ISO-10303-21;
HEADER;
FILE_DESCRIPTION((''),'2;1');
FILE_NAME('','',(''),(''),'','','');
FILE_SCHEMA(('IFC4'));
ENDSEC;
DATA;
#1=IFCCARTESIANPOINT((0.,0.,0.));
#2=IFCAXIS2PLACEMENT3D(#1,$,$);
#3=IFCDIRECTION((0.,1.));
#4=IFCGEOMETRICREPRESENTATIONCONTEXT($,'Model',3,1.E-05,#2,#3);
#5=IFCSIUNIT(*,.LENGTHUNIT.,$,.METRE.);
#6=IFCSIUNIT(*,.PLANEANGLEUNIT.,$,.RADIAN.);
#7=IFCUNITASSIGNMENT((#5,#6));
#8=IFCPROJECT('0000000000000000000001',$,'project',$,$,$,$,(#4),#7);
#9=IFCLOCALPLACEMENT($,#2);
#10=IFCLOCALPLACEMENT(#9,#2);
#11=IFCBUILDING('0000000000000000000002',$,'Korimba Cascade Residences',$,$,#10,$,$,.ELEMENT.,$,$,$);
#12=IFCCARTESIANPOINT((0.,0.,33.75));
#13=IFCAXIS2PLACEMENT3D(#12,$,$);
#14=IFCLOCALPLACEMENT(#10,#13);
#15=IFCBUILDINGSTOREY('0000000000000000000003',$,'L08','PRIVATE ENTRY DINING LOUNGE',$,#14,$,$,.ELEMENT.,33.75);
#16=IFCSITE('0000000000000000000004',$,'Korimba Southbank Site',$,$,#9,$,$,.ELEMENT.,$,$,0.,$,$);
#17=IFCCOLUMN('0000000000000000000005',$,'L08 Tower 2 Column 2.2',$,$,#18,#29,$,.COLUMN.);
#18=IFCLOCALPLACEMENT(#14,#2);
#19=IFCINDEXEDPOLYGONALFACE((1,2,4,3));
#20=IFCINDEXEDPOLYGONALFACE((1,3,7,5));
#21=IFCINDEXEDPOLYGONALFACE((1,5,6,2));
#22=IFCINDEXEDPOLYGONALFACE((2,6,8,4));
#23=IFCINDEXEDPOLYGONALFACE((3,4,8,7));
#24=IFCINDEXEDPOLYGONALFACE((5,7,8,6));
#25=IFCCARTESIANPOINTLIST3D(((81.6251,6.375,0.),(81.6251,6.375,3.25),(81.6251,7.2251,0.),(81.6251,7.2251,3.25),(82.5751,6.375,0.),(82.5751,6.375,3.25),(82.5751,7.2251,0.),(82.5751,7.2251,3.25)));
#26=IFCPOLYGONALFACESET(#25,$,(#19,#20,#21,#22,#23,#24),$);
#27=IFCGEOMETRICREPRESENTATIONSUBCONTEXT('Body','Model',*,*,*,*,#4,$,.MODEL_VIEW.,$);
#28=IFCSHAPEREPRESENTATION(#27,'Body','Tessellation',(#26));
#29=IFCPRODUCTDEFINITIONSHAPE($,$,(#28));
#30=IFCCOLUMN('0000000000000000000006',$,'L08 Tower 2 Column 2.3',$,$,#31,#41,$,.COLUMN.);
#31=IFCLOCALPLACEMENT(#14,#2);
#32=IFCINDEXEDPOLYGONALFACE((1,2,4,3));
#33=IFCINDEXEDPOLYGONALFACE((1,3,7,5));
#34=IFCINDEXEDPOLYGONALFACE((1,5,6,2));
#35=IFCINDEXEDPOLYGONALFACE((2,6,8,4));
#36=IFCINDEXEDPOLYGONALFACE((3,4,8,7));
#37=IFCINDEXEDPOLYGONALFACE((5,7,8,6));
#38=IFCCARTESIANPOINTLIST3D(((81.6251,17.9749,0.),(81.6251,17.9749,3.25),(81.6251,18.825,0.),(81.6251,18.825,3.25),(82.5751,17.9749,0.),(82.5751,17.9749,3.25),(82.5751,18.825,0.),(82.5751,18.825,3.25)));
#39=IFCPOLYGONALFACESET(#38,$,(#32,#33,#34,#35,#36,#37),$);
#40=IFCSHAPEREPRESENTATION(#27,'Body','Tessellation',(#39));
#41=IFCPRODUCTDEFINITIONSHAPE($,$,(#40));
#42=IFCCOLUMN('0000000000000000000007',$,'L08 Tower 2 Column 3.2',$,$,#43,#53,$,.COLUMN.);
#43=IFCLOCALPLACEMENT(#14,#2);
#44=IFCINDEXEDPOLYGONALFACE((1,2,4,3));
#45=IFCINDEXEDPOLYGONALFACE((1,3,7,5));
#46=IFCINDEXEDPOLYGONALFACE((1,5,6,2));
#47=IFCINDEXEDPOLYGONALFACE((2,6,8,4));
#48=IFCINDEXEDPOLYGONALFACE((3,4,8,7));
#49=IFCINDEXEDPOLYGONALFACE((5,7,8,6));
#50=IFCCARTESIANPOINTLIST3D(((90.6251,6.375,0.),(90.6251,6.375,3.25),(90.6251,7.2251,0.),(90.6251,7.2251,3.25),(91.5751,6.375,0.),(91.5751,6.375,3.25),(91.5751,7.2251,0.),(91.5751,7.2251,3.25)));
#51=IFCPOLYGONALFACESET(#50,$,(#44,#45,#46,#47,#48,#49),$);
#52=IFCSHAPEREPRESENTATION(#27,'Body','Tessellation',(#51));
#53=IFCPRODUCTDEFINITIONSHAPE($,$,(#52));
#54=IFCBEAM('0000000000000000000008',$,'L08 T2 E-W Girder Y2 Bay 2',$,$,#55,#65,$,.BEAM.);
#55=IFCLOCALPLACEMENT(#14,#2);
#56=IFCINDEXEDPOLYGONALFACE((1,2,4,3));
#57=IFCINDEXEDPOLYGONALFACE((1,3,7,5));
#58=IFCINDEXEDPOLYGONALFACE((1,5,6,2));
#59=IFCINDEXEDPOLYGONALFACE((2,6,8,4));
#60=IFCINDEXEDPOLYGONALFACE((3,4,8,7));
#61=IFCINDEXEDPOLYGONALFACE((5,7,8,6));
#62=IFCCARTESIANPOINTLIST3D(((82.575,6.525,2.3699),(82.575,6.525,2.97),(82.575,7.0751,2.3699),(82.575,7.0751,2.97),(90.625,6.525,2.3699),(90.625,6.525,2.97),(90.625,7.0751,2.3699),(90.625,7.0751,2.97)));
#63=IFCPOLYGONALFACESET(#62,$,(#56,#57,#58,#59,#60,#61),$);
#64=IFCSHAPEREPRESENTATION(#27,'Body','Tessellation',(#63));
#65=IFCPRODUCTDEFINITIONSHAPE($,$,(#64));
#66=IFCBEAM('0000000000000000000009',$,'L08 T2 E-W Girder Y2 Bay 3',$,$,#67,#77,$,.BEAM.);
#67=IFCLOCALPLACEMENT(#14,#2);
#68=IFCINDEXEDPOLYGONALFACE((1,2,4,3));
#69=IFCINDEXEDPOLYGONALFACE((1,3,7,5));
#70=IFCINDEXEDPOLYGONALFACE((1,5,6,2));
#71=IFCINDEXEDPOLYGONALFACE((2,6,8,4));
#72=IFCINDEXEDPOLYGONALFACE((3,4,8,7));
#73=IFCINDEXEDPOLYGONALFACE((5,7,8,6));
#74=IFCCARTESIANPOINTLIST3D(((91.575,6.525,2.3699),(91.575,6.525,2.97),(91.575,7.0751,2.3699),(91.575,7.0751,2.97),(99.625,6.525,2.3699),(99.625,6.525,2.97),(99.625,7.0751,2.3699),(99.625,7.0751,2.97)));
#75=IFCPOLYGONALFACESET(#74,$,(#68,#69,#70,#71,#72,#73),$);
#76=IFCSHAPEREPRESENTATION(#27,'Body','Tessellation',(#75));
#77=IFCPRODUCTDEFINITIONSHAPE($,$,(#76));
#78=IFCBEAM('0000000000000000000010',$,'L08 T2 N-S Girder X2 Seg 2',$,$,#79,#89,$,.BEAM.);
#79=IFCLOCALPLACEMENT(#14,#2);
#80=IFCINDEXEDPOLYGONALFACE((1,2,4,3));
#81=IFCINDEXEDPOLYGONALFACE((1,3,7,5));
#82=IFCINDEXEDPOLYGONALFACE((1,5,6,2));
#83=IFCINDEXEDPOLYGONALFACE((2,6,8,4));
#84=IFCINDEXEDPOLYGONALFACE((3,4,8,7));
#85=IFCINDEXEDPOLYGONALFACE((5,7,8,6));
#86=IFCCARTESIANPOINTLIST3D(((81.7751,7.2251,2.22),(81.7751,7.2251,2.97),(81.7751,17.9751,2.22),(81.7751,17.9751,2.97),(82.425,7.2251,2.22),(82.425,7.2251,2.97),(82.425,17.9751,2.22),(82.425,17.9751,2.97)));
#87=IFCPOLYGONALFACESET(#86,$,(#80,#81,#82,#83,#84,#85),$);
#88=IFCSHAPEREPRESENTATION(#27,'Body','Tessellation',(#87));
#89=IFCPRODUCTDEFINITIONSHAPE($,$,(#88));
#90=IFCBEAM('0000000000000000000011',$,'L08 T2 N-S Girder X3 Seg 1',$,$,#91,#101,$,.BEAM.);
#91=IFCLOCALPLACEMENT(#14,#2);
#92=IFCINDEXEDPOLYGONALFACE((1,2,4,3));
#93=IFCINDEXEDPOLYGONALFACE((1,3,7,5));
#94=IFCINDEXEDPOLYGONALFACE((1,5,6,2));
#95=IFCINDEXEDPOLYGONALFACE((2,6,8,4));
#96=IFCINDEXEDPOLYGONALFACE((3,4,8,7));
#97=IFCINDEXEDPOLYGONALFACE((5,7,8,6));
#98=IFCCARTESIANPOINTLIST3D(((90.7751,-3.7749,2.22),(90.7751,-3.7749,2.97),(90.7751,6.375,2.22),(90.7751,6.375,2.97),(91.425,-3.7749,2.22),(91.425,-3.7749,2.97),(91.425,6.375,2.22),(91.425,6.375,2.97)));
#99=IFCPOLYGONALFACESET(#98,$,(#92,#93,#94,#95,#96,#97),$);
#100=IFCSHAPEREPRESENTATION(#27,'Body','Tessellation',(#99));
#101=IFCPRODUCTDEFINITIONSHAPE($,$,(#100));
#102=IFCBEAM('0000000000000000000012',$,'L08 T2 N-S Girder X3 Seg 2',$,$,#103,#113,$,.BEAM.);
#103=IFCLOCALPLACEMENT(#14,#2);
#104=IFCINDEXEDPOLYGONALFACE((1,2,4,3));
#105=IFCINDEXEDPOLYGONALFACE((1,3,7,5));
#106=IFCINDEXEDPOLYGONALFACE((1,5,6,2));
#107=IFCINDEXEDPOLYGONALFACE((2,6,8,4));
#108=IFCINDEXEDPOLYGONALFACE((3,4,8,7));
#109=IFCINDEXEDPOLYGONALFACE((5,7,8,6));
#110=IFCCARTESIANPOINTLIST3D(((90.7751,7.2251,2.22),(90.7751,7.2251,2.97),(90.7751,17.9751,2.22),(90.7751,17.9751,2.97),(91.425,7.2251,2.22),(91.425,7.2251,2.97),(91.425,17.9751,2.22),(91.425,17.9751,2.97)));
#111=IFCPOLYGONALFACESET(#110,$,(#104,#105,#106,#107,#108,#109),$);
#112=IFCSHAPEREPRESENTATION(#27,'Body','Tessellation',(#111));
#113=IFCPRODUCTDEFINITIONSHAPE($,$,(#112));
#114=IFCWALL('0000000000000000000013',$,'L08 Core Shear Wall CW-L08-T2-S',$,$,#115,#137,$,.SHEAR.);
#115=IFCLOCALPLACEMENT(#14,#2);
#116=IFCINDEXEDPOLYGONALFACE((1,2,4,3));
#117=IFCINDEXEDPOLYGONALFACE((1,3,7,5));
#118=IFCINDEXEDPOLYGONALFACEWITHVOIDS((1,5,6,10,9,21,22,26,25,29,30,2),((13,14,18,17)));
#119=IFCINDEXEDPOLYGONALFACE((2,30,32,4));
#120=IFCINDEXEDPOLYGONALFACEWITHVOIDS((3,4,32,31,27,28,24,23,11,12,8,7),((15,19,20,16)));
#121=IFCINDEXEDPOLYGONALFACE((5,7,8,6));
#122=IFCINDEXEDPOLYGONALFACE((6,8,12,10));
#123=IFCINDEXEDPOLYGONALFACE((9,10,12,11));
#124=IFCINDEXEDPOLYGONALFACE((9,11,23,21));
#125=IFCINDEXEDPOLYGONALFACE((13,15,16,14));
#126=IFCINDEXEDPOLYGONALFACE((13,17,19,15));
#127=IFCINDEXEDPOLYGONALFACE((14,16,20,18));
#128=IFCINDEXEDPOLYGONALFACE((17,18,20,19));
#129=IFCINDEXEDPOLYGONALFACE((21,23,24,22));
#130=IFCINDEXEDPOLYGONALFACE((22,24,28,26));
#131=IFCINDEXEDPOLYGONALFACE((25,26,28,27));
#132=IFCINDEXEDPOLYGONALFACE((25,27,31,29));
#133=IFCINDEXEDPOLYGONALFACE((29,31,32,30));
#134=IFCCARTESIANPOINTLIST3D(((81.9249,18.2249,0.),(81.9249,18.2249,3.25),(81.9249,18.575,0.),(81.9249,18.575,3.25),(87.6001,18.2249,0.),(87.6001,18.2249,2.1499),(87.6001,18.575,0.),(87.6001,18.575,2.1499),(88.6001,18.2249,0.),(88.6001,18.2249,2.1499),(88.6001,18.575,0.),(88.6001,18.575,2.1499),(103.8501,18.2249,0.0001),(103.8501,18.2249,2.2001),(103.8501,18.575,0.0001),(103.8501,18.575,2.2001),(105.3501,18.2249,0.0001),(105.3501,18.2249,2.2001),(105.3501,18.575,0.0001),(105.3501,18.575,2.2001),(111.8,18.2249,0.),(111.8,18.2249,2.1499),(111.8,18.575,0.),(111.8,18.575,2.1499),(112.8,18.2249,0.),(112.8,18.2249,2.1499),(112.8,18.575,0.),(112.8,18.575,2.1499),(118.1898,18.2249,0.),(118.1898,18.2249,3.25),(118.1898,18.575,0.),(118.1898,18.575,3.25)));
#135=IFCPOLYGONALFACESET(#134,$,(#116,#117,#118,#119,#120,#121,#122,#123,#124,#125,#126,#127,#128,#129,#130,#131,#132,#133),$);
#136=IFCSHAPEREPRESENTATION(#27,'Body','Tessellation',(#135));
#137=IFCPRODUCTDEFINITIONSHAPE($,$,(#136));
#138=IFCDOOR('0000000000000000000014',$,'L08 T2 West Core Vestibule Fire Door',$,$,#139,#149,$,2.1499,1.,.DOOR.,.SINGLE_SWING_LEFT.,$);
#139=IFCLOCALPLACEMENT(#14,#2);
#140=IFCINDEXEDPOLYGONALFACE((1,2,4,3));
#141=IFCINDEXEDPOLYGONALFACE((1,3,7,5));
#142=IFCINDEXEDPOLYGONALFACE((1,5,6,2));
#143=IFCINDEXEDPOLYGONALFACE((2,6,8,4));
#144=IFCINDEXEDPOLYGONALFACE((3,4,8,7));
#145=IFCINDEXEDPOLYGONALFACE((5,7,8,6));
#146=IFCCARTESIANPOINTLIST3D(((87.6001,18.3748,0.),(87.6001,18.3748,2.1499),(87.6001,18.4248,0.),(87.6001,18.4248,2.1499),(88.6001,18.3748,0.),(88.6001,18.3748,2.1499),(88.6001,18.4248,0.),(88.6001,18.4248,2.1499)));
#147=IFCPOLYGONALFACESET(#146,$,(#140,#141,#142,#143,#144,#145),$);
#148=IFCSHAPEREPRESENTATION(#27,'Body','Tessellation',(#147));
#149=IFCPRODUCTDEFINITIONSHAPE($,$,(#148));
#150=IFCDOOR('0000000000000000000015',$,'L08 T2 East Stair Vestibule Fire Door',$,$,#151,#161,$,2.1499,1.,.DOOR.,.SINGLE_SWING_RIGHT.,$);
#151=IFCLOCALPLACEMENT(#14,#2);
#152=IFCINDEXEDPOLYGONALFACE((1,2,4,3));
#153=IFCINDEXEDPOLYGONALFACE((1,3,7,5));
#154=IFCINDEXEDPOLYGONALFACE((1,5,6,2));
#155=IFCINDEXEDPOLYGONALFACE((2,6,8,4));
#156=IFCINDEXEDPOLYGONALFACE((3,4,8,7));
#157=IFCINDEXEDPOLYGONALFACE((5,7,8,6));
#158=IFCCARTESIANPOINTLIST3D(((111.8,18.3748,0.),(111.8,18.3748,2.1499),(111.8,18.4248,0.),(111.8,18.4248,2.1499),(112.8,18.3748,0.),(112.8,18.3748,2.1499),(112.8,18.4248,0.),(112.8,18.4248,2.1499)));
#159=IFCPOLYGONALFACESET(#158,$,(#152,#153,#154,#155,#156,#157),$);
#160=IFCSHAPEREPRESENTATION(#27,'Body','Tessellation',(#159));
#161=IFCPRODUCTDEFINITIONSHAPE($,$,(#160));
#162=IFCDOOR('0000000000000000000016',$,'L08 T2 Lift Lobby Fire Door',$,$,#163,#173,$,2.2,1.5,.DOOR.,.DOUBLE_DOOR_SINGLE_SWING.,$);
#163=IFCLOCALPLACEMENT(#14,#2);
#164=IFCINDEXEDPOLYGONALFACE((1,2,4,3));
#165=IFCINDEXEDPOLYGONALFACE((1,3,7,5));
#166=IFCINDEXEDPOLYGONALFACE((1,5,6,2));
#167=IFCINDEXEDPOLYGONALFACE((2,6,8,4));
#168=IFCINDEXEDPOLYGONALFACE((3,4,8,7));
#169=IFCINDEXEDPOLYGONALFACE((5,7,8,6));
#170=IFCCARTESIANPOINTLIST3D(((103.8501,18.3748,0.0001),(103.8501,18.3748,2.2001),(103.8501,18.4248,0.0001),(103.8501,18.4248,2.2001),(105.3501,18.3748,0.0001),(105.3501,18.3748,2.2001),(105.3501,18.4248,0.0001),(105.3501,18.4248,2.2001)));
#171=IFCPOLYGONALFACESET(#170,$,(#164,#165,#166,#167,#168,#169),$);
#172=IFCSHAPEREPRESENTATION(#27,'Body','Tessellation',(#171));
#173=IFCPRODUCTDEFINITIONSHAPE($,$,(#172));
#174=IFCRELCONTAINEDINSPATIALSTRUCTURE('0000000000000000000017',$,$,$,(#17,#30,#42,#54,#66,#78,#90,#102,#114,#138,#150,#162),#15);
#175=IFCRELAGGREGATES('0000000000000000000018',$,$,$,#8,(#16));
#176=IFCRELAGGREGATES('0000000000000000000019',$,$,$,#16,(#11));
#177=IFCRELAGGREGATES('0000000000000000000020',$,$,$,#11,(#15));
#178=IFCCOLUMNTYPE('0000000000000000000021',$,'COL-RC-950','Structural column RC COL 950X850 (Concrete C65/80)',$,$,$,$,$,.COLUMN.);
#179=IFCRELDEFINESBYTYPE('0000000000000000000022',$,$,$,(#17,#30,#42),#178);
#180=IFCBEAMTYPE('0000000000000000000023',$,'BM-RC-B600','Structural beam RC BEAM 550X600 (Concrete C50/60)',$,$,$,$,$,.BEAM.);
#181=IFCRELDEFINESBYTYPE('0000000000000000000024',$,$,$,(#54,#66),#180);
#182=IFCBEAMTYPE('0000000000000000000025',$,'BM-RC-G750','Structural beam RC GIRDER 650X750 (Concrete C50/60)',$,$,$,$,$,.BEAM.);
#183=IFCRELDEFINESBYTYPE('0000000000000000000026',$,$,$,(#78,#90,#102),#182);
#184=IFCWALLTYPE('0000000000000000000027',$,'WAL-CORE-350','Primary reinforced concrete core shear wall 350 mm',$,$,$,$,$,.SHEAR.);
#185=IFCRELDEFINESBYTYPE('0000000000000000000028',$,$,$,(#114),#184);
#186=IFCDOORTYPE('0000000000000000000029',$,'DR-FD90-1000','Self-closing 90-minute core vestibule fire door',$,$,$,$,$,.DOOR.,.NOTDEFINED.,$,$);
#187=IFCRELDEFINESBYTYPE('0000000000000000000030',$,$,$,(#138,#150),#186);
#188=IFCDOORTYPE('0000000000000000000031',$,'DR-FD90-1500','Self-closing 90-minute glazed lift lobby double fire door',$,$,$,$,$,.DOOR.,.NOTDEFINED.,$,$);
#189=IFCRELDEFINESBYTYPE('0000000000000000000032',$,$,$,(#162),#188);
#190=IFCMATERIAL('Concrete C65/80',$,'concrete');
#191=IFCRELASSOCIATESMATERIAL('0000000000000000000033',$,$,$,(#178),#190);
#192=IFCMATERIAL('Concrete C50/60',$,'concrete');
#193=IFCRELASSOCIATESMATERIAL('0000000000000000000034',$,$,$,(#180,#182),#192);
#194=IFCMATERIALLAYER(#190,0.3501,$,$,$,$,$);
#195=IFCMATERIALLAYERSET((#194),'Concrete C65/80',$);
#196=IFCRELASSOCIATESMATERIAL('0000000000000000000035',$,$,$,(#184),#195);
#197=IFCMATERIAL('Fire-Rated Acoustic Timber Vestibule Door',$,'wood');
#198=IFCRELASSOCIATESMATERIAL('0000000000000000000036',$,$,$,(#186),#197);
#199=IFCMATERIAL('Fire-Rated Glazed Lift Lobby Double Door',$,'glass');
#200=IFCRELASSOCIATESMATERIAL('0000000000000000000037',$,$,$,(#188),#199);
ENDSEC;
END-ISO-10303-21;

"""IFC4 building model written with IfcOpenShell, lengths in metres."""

from ifc_helpers import new_model, si_unit, direction, frame, frame_2d, origin, origin_2d, place, context, subcontext, project, spatial, rectangle, extrude, material, layer, layer_set, material_profile, profile_set, type_object, element, fill, save


model = new_model("IFC4")

# Units and contexts
model_context = context("Model", 3, precision=1e-05, world=origin(), true_north=direction((0.0, 1.0)))
body_context = subcontext(model_context, "Body", "Model", "MODEL_VIEW")
ifc_project = project(units=[si_unit("LENGTHUNIT", "METRE"), si_unit("PLANEANGLEUNIT", "RADIAN")], contexts=[model_context])

# Site, building, storey
site_placement = place(None, origin())
site = spatial("IfcSite", under=ifc_project, at=site_placement, Name="Korimba Southbank Site", CompositionType="ELEMENT", RefElevation=0.0)
building_placement = place(site_placement, origin())
building = spatial("IfcBuilding", under=site, at=building_placement, Name="Korimba Cascade Residences", CompositionType="ELEMENT")
storey_placement = place(building_placement, frame((0.0, 0.0, 33.75)))
storey = spatial("IfcBuildingStorey", under=building, at=storey_placement, Name="L08", Description="PRIVATE ENTRY DINING LOUNGE", CompositionType="ELEMENT", Elevation=33.75)

# Columns
ifc_material_1 = material(Name="Concrete C65/80", Category="concrete")
ifc_material_profile_1 = material_profile(ifc_material_1, rectangle(XDim=0.95, YDim=0.8501, at=origin_2d()), Name="Concrete C65/80")
ifc_profile_set_1 = profile_set([ifc_material_profile_1], Name="Concrete C65/80")
column_type = type_object("IfcColumnType", Name="COL-RC-950", Description="Structural column RC COL 950X850 (Concrete C65/80)", PredefinedType="COLUMN", material=ifc_profile_set_1)
for number, where, z_axis, x_axis, name in (
    (1, (82.1001, 6.8, 0.0), (0.0, 0.0, 1.0), (1.0, 0.0, 0.0), "L08 Tower 2 Column 2.2"),
    (2, (82.1001, 18.3999, 0.0), (0.0, 0.0, 1.0), (1.0, 0.0, 0.0), "L08 Tower 2 Column 2.3"),
    (3, (91.1001, 6.8, 0.0), (0.0, 0.0, 1.0), (1.0, 0.0, 0.0), "L08 Tower 2 Column 3.2"),
):
    element("IfcColumn", number, at=place(storey_placement, frame(where, z_axis=z_axis, x_axis=x_axis)), inside=storey, type_object=column_type, Name=name, PredefinedType="COLUMN", context=body_context, shape_type="SweptSolid", body=[
        extrude(rectangle(XDim=0.95, YDim=0.8501, at=origin_2d()), origin(), (0.0, 0.0, 1.0), 3.25),
    ])

# Beams
ifc_material_2 = material(Name="Concrete C50/60", Category="concrete")
ifc_material_profile_2 = material_profile(ifc_material_2, rectangle(XDim=0.55, YDim=0.6001, at=origin_2d()), Name="Concrete C50/60")
ifc_profile_set_2 = profile_set([ifc_material_profile_2], Name="Concrete C50/60")
beam_type_1 = type_object("IfcBeamType", Name="BM-RC-B600", Description="Structural beam RC BEAM 550X600 (Concrete C50/60)", PredefinedType="BEAM", material=ifc_profile_set_2)
for number, where, z_axis, x_axis, name in (
    (4, (82.575, 6.8, 2.6699), (1.0, 0.0, 0.0), (0.0, 1.0, 0.0), "L08 T2 E-W Girder Y2 Bay 2"),
    (5, (91.575, 6.8, 2.6699), (1.0, 0.0, 0.0), (0.0, 1.0, 0.0), "L08 T2 E-W Girder Y2 Bay 3"),
):
    element("IfcBeam", number, at=place(storey_placement, frame(where, z_axis=z_axis, x_axis=x_axis)), inside=storey, type_object=beam_type_1, Name=name, PredefinedType="BEAM", context=body_context, shape_type="SweptSolid", body=[
        extrude(rectangle(XDim=0.55, YDim=0.6001, at=origin_2d()), origin(), (0.0, 0.0, 1.0), 8.05),
    ])
ifc_material_profile_3 = material_profile(ifc_material_2, rectangle(XDim=0.6499, YDim=0.75, at=origin_2d()), Name="Concrete C50/60")
ifc_profile_set_3 = profile_set([ifc_material_profile_3], Name="Concrete C50/60")
beam_type_2 = type_object("IfcBeamType", Name="BM-RC-G750", Description="Structural beam RC GIRDER 650X750 (Concrete C50/60)", PredefinedType="BEAM", material=ifc_profile_set_3)
beam_1_placement = place(storey_placement, frame((82.1001, 7.2251, 2.595), z_axis=(0.0, 1.0, 0.0), x_axis=(-1.0, 0.0, 0.0)))
element("IfcBeam", 6, at=beam_1_placement, inside=storey, type_object=beam_type_2, Name="L08 T2 N-S Girder X2 Seg 2", PredefinedType="BEAM", context=body_context, shape_type="SweptSolid", body=[
    extrude(rectangle(XDim=0.6499, YDim=0.75, at=origin_2d()), origin(), (0.0, 0.0, 1.0), 10.75),
])
beam_2_placement = place(storey_placement, frame((91.1001, -3.7749, 2.595), z_axis=(0.0, 1.0, 0.0), x_axis=(-1.0, 0.0, 0.0)))
element("IfcBeam", 7, at=beam_2_placement, inside=storey, type_object=beam_type_2, Name="L08 T2 N-S Girder X3 Seg 1", PredefinedType="BEAM", context=body_context, shape_type="SweptSolid", body=[
    extrude(rectangle(XDim=0.6499, YDim=0.75, at=origin_2d()), origin(), (0.0, 0.0, 1.0), 10.1499),
])
beam_3_placement = place(storey_placement, frame((91.1001, 7.2251, 2.595), z_axis=(0.0, 1.0, 0.0), x_axis=(-1.0, 0.0, 0.0)))
element("IfcBeam", 8, at=beam_3_placement, inside=storey, type_object=beam_type_2, Name="L08 T2 N-S Girder X3 Seg 2", PredefinedType="BEAM", context=body_context, shape_type="SweptSolid", body=[
    extrude(rectangle(XDim=0.6499, YDim=0.75, at=origin_2d()), origin(), (0.0, 0.0, 1.0), 10.75),
])

# Wall, openings, doors
ifc_layer_1 = layer(ifc_material_1, 0.3501)
ifc_layer_set_1 = layer_set([ifc_layer_1], Name="Concrete C65/80")
wall_type_1 = type_object("IfcWallType", Name="WAL-CORE-350", Description="Primary reinforced concrete core shear wall 350 mm", PredefinedType="SHEAR", material=ifc_layer_set_1)
wall_1_placement = place(storey_placement, frame((81.925, 18.3999, 0.0), z_axis=(0.0, 0.0, 1.0), x_axis=(1.0, 0.0, 0.0)))
wall_1 = element("IfcWall", 9, at=wall_1_placement, inside=storey, type_object=wall_type_1, Name="L08 Core Shear Wall CW-L08-T2-S", PredefinedType="SHEAR", context=body_context, shape_type="SweptSolid", body=[
    extrude(rectangle(XDim=36.2649, YDim=0.3501, at=frame_2d((18.1323, 0.0))), origin(), (0.0, 0.0, 1.0), 3.25),
])
opening_1_placement = place(wall_1_placement, frame((5.675, 0.0, 0.0)))
opening_1 = element("IfcOpeningElement", 10, at=opening_1_placement, cuts=wall_1, PredefinedType="OPENING", context=body_context, shape_type="SweptSolid", body=[
    extrude(rectangle(XDim=1.0, YDim=2.1499, at=frame_2d((0.5, 1.075))), frame((0.0, 0.1851, 0.0), z_axis=(0.0, -1.0, 0.0), x_axis=(1.0, 0.0, 0.0)), (0.0, 0.0, 1.0), 0.3701),
])
opening_2_placement = place(wall_1_placement, frame((21.925, 0.0, 0.0)))
opening_2 = element("IfcOpeningElement", 11, at=opening_2_placement, cuts=wall_1, PredefinedType="OPENING", context=body_context, shape_type="SweptSolid", body=[
    extrude(rectangle(XDim=1.5, YDim=2.2, at=frame_2d((0.75, 1.1001))), frame((0.0, 0.1851, 0.0), z_axis=(0.0, -1.0, 0.0), x_axis=(1.0, 0.0, 0.0)), (0.0, 0.0, 1.0), 0.3701),
])
opening_3_placement = place(wall_1_placement, frame((29.875, 0.0, 0.0)))
opening_3 = element("IfcOpeningElement", 12, at=opening_3_placement, cuts=wall_1, PredefinedType="OPENING", context=body_context, shape_type="SweptSolid", body=[
    extrude(rectangle(XDim=1.0, YDim=2.1499, at=frame_2d((0.5, 1.075))), frame((0.0, 0.1851, 0.0), z_axis=(0.0, -1.0, 0.0), x_axis=(1.0, 0.0, 0.0)), (0.0, 0.0, 1.0), 0.3701),
])
ifc_material_3 = material(Name="Fire-Rated Acoustic Timber Vestibule Door", Category="wood")
door_type_1 = type_object("IfcDoorType", Name="DR-FD90-1000", Description="Self-closing 90-minute core vestibule fire door", OperationType="NOTDEFINED", PredefinedType="DOOR", material=ifc_material_3)
door_1_placement = place(opening_1_placement, origin())
door_1 = element("IfcDoor", 13, at=door_1_placement, inside=storey, type_object=door_type_1, Name="L08 T2 West Core Vestibule Fire Door", OperationType="SINGLE_SWING_LEFT", OverallHeight=2.1499, OverallWidth=1.0, PredefinedType="DOOR", context=body_context, shape_type="SweptSolid", body=[
    extrude(rectangle(XDim=1.0, YDim=2.1499, at=frame_2d((0.5, 1.075))), frame((0.0, 0.0249, 0.0), z_axis=(0.0, -1.0, 0.0), x_axis=(1.0, 0.0, 0.0)), (0.0, 0.0, 1.0), 0.05),
])
fill(opening_1, door_1)
door_2_placement = place(opening_3_placement, origin())
door_2 = element("IfcDoor", 14, at=door_2_placement, inside=storey, type_object=door_type_1, Name="L08 T2 East Stair Vestibule Fire Door", OperationType="SINGLE_SWING_RIGHT", OverallHeight=2.1499, OverallWidth=1.0, PredefinedType="DOOR", context=body_context, shape_type="SweptSolid", body=[
    extrude(rectangle(XDim=1.0, YDim=2.1499, at=frame_2d((0.5, 1.075))), frame((0.0, 0.0249, 0.0), z_axis=(0.0, -1.0, 0.0), x_axis=(1.0, 0.0, 0.0)), (0.0, 0.0, 1.0), 0.05),
])
fill(opening_3, door_2)
ifc_material_4 = material(Name="Fire-Rated Glazed Lift Lobby Double Door", Category="glass")
door_type_2 = type_object("IfcDoorType", Name="DR-FD90-1500", Description="Self-closing 90-minute glazed lift lobby double fire door", OperationType="NOTDEFINED", PredefinedType="DOOR", material=ifc_material_4)
door_3_placement = place(opening_2_placement, origin())
door_3 = element("IfcDoor", 15, at=door_3_placement, inside=storey, type_object=door_type_2, Name="L08 T2 Lift Lobby Fire Door", OperationType="DOUBLE_DOOR_SINGLE_SWING", OverallHeight=2.2, OverallWidth=1.5, PredefinedType="DOOR", context=body_context, shape_type="SweptSolid", body=[
    extrude(rectangle(XDim=1.5, YDim=2.2, at=frame_2d((0.75, 1.1001))), frame((0.0, 0.0249, 0.0), z_axis=(0.0, -1.0, 0.0), x_axis=(1.0, 0.0, 0.0)), (0.0, 0.0, 1.0), 0.05),
])
fill(opening_2, door_3)

save(model, "model.ifc")
